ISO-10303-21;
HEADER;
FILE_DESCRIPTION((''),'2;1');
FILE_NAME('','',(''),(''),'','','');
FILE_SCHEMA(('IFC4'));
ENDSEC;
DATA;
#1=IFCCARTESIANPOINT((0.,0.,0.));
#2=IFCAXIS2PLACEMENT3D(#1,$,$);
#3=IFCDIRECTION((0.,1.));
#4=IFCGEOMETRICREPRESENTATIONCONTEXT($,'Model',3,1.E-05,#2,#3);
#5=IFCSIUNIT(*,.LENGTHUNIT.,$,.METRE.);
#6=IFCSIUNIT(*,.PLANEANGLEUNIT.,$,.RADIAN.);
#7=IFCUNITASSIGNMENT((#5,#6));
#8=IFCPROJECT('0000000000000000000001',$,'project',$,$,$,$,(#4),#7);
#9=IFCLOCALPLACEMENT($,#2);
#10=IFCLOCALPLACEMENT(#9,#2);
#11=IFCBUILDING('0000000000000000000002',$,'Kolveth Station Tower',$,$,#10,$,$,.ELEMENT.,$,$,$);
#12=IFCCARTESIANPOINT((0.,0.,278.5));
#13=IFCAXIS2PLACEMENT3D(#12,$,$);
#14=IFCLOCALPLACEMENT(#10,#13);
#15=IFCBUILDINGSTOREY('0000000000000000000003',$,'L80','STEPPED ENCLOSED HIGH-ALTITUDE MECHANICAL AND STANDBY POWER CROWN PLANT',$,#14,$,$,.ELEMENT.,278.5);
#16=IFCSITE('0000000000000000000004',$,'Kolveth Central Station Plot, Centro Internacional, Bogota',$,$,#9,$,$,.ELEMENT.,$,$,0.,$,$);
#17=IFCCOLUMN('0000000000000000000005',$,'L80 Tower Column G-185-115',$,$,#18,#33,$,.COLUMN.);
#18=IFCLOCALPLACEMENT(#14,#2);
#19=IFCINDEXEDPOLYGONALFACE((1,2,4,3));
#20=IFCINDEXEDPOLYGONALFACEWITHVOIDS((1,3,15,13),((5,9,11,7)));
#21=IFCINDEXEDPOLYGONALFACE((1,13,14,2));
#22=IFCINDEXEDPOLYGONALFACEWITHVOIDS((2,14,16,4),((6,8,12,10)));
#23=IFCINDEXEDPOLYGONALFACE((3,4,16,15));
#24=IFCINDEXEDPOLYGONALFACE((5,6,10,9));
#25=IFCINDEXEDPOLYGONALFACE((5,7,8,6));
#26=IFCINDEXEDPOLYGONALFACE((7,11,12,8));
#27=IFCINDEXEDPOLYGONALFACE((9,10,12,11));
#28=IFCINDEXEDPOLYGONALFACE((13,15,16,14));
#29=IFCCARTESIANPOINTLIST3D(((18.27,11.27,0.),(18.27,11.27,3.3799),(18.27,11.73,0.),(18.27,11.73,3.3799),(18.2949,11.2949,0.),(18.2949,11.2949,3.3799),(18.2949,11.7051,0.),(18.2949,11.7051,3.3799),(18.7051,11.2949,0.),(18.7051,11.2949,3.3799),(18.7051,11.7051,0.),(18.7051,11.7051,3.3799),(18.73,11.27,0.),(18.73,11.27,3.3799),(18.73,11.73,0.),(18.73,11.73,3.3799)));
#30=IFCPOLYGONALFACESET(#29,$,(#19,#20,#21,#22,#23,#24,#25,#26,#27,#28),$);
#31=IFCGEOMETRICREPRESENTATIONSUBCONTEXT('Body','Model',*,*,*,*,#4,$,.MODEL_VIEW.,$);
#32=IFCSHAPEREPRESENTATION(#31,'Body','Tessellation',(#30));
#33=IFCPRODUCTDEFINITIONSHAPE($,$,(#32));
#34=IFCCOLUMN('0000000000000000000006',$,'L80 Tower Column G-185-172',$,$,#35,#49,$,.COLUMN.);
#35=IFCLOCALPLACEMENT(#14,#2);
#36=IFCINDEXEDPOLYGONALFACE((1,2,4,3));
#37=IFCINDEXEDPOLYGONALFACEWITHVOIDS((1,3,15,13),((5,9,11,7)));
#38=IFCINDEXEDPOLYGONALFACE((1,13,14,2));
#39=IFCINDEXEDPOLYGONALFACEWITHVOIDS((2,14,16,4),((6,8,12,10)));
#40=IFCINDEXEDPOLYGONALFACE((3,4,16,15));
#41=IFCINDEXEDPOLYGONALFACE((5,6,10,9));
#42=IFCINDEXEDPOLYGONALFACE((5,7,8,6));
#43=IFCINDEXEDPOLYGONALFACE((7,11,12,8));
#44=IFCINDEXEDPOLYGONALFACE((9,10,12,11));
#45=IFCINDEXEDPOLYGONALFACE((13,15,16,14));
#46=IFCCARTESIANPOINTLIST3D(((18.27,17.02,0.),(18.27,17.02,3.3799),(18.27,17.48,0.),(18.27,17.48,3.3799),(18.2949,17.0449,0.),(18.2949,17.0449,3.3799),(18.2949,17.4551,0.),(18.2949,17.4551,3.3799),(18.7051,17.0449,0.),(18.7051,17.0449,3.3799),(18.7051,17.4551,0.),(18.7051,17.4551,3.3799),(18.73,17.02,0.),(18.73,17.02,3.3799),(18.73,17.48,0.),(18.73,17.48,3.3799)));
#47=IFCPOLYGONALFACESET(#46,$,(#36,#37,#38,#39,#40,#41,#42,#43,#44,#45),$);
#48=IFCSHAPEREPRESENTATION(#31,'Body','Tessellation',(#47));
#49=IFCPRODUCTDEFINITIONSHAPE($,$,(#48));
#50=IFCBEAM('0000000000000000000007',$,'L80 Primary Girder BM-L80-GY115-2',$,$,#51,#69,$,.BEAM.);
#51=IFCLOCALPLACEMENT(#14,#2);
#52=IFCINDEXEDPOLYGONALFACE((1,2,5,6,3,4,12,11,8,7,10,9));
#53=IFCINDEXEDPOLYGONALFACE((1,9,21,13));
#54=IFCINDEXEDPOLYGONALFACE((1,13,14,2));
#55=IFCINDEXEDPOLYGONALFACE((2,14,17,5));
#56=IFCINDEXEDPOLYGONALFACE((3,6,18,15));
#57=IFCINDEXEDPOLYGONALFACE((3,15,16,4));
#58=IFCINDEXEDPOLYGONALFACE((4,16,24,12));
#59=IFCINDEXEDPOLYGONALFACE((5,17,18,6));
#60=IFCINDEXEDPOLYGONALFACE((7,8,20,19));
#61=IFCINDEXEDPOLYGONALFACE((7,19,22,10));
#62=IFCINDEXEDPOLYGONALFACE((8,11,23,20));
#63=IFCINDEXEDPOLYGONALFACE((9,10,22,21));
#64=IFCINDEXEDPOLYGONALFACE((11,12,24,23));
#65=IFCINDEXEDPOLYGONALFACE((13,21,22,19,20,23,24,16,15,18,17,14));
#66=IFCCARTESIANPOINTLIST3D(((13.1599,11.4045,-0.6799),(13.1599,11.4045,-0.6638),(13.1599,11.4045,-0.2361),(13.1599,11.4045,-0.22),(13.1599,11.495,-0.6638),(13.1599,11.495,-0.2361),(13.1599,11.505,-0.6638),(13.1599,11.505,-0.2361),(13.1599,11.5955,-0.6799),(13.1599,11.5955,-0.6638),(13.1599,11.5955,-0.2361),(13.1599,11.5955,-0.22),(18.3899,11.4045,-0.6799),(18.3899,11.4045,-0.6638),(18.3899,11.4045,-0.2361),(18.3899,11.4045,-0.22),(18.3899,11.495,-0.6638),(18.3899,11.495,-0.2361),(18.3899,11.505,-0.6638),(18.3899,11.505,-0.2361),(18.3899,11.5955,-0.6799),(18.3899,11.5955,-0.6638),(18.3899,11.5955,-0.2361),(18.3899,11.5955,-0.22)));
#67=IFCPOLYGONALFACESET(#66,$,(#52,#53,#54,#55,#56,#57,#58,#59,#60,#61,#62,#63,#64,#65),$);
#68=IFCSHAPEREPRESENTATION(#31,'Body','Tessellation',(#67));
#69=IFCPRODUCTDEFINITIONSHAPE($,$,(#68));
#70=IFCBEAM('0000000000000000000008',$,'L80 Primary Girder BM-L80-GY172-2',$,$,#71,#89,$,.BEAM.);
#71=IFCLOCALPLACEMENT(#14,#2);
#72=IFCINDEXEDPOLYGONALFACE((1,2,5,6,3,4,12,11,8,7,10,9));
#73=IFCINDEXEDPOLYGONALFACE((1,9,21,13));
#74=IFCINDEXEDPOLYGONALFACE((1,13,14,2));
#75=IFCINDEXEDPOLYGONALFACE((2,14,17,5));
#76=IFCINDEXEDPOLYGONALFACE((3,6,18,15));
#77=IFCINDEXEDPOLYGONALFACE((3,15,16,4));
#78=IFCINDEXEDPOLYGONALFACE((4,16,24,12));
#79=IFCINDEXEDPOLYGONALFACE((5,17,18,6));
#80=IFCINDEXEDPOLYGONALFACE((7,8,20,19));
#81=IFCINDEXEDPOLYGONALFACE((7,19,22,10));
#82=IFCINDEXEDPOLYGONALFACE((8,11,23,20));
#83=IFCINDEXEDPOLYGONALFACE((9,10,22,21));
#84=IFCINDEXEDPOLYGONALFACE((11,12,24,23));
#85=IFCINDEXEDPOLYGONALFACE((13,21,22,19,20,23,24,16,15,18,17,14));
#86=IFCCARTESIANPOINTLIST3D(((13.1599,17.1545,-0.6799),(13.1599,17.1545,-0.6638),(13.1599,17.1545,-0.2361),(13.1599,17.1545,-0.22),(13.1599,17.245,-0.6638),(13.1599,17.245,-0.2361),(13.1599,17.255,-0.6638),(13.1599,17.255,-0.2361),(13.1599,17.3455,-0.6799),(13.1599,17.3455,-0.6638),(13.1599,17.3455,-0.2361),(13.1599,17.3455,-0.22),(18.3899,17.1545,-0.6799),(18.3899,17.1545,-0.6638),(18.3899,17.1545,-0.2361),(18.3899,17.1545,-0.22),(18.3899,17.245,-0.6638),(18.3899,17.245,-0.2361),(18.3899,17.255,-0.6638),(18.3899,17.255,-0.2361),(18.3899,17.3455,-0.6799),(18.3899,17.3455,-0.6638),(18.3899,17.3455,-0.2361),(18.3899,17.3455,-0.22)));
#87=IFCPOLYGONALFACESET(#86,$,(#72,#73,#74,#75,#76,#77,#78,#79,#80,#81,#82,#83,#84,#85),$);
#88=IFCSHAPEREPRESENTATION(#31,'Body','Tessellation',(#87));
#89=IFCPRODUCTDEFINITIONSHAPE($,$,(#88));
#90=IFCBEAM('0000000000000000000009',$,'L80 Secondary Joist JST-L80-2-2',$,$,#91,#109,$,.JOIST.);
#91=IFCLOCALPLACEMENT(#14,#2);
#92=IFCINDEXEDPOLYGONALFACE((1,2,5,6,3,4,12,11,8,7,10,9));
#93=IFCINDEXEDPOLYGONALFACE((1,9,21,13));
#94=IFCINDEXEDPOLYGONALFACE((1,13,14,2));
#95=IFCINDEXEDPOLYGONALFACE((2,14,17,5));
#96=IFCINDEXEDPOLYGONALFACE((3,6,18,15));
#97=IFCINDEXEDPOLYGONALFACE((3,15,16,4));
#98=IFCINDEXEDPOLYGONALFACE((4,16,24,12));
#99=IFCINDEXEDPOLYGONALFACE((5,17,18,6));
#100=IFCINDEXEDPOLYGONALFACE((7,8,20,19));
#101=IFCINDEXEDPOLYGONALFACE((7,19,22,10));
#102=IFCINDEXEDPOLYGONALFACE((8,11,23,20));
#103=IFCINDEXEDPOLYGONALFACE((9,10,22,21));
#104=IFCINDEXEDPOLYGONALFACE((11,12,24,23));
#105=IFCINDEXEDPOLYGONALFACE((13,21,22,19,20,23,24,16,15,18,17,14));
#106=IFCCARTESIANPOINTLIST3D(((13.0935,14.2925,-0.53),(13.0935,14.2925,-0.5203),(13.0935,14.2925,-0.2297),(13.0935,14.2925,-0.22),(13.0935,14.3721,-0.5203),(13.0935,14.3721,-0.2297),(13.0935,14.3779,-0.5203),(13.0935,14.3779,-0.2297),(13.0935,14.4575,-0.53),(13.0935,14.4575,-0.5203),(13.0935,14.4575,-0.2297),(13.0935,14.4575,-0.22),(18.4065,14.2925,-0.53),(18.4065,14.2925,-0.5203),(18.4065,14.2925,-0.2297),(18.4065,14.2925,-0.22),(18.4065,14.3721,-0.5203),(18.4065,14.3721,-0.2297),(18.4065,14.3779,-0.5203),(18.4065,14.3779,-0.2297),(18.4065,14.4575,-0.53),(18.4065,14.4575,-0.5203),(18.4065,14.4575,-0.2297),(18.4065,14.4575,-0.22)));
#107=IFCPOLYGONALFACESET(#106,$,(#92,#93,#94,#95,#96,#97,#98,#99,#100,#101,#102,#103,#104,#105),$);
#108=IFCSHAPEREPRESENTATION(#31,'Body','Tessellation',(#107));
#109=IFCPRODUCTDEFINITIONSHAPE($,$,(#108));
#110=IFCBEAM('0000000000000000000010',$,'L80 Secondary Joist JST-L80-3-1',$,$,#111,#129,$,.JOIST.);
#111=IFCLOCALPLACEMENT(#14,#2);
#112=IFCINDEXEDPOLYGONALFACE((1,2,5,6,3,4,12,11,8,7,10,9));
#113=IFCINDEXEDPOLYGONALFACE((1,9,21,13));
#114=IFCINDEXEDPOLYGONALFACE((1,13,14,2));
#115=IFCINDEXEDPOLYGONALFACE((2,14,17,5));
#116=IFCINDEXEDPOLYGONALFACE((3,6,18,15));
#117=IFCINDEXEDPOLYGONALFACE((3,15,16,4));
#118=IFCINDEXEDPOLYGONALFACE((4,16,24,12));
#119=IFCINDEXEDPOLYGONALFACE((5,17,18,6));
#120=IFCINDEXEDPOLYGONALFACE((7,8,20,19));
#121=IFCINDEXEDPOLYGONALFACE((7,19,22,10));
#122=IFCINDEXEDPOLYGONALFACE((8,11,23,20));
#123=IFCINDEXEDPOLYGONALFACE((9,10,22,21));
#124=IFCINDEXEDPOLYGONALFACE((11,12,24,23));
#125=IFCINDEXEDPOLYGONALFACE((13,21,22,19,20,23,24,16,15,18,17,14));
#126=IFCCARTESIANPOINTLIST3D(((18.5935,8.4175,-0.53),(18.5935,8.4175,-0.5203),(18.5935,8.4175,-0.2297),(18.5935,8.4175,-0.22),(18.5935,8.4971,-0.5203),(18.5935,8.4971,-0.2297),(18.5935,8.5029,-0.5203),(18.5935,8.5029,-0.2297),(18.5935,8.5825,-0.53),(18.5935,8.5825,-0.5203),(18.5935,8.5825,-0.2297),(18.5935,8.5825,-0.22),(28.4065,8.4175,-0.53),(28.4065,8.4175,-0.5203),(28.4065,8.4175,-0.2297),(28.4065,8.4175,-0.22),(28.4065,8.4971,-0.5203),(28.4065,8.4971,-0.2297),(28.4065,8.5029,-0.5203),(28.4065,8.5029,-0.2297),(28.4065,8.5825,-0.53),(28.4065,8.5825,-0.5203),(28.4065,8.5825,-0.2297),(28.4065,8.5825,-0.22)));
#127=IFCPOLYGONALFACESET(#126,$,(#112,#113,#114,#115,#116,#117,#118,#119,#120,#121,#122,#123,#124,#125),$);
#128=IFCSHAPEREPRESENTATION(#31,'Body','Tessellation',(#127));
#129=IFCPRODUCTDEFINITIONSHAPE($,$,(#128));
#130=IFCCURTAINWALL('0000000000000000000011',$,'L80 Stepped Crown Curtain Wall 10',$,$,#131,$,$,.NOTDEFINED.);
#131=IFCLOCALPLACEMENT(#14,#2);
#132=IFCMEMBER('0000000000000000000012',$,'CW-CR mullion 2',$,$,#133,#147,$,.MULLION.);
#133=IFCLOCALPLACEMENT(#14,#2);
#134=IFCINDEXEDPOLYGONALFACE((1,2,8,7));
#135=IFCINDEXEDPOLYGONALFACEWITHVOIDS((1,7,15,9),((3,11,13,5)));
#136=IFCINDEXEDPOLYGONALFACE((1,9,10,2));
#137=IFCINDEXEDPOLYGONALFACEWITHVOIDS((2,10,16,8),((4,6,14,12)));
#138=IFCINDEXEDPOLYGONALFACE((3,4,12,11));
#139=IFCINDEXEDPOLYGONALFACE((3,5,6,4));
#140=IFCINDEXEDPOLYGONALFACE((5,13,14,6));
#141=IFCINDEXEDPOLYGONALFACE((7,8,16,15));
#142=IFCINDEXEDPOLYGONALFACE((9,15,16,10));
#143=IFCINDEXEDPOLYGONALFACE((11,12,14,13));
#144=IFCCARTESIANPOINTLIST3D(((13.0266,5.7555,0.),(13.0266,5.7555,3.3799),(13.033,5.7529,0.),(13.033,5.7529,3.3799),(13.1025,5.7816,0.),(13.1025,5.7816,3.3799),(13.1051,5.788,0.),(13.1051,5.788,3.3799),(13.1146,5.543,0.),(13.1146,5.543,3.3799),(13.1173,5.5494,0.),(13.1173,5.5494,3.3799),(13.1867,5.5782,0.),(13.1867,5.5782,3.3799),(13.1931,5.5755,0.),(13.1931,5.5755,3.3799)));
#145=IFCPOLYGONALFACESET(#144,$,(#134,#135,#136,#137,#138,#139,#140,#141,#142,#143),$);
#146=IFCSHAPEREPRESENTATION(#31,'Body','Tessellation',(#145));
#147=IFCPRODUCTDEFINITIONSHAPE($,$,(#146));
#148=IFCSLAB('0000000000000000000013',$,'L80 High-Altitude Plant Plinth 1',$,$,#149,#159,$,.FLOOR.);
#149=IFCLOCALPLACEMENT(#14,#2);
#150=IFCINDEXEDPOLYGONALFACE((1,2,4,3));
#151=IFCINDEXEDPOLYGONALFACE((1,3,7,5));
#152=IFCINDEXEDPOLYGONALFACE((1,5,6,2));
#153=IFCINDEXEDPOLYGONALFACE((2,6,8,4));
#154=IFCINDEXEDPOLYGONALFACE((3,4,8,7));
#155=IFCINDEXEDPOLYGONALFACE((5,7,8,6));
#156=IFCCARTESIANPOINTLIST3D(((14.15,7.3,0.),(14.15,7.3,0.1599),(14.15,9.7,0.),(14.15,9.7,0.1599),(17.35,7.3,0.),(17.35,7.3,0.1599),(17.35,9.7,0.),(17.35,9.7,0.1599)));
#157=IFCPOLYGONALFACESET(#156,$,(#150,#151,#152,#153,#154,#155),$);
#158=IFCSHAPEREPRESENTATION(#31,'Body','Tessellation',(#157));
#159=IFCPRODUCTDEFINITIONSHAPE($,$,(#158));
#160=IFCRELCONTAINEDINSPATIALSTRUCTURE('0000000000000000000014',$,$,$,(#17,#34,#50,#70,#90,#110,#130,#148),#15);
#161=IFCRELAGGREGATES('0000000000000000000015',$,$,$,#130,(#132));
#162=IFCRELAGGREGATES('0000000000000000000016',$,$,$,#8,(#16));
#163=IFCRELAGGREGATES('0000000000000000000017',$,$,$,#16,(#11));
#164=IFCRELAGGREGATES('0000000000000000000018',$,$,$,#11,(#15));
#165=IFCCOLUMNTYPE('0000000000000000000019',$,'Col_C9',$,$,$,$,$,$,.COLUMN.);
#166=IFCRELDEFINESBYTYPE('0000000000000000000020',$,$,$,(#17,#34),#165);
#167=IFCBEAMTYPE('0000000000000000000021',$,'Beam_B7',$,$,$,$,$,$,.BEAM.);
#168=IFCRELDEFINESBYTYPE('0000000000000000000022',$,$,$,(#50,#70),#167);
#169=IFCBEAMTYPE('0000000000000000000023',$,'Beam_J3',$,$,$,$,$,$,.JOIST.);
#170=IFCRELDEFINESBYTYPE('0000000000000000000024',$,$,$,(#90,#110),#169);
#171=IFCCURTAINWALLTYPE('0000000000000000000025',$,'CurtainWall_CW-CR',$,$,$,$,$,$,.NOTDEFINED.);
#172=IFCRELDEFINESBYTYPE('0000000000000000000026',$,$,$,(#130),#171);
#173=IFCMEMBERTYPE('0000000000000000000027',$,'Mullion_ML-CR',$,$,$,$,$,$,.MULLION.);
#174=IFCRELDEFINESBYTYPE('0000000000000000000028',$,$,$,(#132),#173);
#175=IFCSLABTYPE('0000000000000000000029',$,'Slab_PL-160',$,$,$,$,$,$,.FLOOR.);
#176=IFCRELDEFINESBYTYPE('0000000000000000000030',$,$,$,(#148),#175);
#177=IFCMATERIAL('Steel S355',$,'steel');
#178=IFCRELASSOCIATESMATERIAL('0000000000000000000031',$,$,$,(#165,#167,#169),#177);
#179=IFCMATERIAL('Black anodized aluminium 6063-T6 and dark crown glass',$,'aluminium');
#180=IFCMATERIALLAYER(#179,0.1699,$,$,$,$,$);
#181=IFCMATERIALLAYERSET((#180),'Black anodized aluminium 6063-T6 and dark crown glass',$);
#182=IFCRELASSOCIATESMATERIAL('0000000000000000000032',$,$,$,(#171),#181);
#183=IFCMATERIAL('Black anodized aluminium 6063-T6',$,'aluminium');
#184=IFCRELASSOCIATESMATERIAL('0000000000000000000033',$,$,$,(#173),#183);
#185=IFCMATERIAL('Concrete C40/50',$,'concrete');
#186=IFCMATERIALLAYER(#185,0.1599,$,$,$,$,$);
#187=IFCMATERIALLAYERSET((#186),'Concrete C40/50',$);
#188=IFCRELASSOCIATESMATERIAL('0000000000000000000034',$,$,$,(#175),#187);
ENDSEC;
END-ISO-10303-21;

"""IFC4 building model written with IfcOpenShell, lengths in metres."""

from ifc_helpers import new_model, si_unit, direction, frame, origin, origin_2d, place, context, subcontext, project, spatial, rectangle, hollow_rectangle, i_section, extrude, source, transform, mapped, material, layer, layer_set, material_profile, profile_set, type_object, element, aggregate, save


model = new_model("IFC4")

# Units and contexts
model_context = context("Model", 3, precision=1e-05, world=origin(), true_north=direction((0.0, 1.0)))
body_context = subcontext(model_context, "Body", "Model", "MODEL_VIEW")
ifc_project = project(units=[si_unit("LENGTHUNIT", "METRE"), si_unit("PLANEANGLEUNIT", "RADIAN")], contexts=[model_context])

# Site, building, storey
site_placement = place(None, origin())
site = spatial("IfcSite", under=ifc_project, at=site_placement, Name="Kolveth Central Station Plot, Centro Internacional, Bogota", CompositionType="ELEMENT", RefElevation=0.0)
building_placement = place(site_placement, origin())
building = spatial("IfcBuilding", under=site, at=building_placement, Name="Kolveth Station Tower", CompositionType="ELEMENT")
storey_placement = place(building_placement, frame((0.0, 0.0, 278.5)))
storey = spatial("IfcBuildingStorey", under=building, at=storey_placement, Name="L80", Description="STEPPED ENCLOSED HIGH-ALTITUDE MECHANICAL AND STANDBY POWER CROWN PLANT", CompositionType="ELEMENT", Elevation=278.5)

# Columns
ifc_material_1 = material(Name="Steel S355", Category="steel")
ifc_material_profile_1 = material_profile(ifc_material_1, hollow_rectangle(XDim=0.46, YDim=0.46, WallThickness=0.0249, at=origin_2d()), Name="BOX460x460x25")
ifc_profile_set_1 = profile_set([ifc_material_profile_1], Name="Steel S355")
column_type = type_object("IfcColumnType", Name="Col_C9", PredefinedType="COLUMN", material=ifc_profile_set_1)
shared_shape_1 = source(origin(), body_context, "Body", "SweptSolid", [
    extrude(hollow_rectangle(XDim=0.46, YDim=0.46, WallThickness=0.0249, at=origin_2d()), origin(), (0.0, 0.0, 1.0), 3.3799),
])
for number, where, z_axis, x_axis, name in (
    (1, (18.5, 11.5, 0.0), (0.0, 0.0, 1.0), (1.0, 0.0, 0.0), "L80 Tower Column G-185-115"),
    (2, (18.5, 17.25, 0.0), (0.0, 0.0, 1.0), (1.0, 0.0, 0.0), "L80 Tower Column G-185-172"),
):
    element("IfcColumn", number, at=place(storey_placement, frame(where, z_axis=z_axis, x_axis=x_axis)), inside=storey, type_object=column_type, Name=name, PredefinedType="COLUMN", context=body_context, shape_type="MappedRepresentation", body=[
        mapped(shared_shape_1, transform((0.0, 0.0, 0.0), x_axis=(1.0, 0.0, 0.0), y_axis=(0.0, 1.0, 0.0), z_axis=(0.0, 0.0, 1.0), scale=1.0)),
    ])

# Beams
ifc_material_profile_2 = material_profile(ifc_material_1, i_section(OverallWidth=0.1909, OverallDepth=0.46, WebThickness=0.01, FlangeThickness=0.0161, at=origin_2d()), Name="W460x82")
ifc_profile_set_2 = profile_set([ifc_material_profile_2], Name="Steel S355")
beam_type_1 = type_object("IfcBeamType", Name="Beam_B7", PredefinedType="BEAM", material=ifc_profile_set_2)
shared_shape_2 = source(origin(), body_context, "Body", "SweptSolid", [
    extrude(i_section(OverallWidth=0.1909, OverallDepth=0.46, WebThickness=0.01, FlangeThickness=0.0161, at=origin_2d()), origin(), (0.0, 0.0, 1.0), 5.23),
])
for number, where, z_axis, x_axis, name in (
    (3, (13.1599, 11.5, -0.45), (1.0, 0.0, 0.0), (0.0, 1.0, 0.0), "L80 Primary Girder BM-L80-GY115-2"),
    (4, (13.1599, 17.25, -0.45), (1.0, 0.0, 0.0), (0.0, 1.0, 0.0), "L80 Primary Girder BM-L80-GY172-2"),
):
    element("IfcBeam", number, at=place(storey_placement, frame(where, z_axis=z_axis, x_axis=x_axis)), inside=storey, type_object=beam_type_1, Name=name, PredefinedType="BEAM", context=body_context, shape_type="MappedRepresentation", body=[
        mapped(shared_shape_2, transform((0.0, 0.0, 0.0), x_axis=(1.0, 0.0, 0.0), y_axis=(0.0, 1.0, 0.0), z_axis=(0.0, 0.0, 1.0), scale=1.0)),
    ])
ifc_material_profile_3 = material_profile(ifc_material_1, i_section(OverallWidth=0.165, OverallDepth=0.3101, WebThickness=0.0059, FlangeThickness=0.0098, at=origin_2d()), Name="W310x39")
ifc_profile_set_3 = profile_set([ifc_material_profile_3], Name="Steel S355")
beam_type_2 = type_object("IfcBeamType", Name="Beam_J3", PredefinedType="JOIST", material=ifc_profile_set_3)
shared_shape_3 = source(origin(), body_context, "Body", "SweptSolid", [
    extrude(i_section(OverallWidth=0.165, OverallDepth=0.3101, WebThickness=0.0059, FlangeThickness=0.0098, at=origin_2d()), origin(), (0.0, 0.0, 1.0), 5.313),
])
beam_1_placement = place(storey_placement, frame((13.0935, 14.375, -0.375), z_axis=(1.0, 0.0, 0.0), x_axis=(0.0, 1.0, 0.0)))
element("IfcBeam", 5, at=beam_1_placement, inside=storey, type_object=beam_type_2, Name="L80 Secondary Joist JST-L80-2-2", PredefinedType="JOIST", context=body_context, shape_type="MappedRepresentation", body=[
    mapped(shared_shape_3, transform((0.0, 0.0, 0.0), x_axis=(1.0, 0.0, 0.0), y_axis=(0.0, 1.0, 0.0), z_axis=(0.0, 0.0, 1.0), scale=1.0)),
])
shared_shape_4 = source(origin(), body_context, "Body", "SweptSolid", [
    extrude(i_section(OverallWidth=0.165, OverallDepth=0.3101, WebThickness=0.0059, FlangeThickness=0.0098, at=origin_2d()), origin(), (0.0, 0.0, 1.0), 9.813),
])
beam_2_placement = place(storey_placement, frame((18.5935, 8.5, -0.375), z_axis=(1.0, 0.0, 0.0), x_axis=(0.0, 1.0, 0.0)))
element("IfcBeam", 6, at=beam_2_placement, inside=storey, type_object=beam_type_2, Name="L80 Secondary Joist JST-L80-3-1", PredefinedType="JOIST", context=body_context, shape_type="MappedRepresentation", body=[
    mapped(shared_shape_4, transform((0.0, 0.0, 0.0), x_axis=(1.0, 0.0, 0.0), y_axis=(0.0, 1.0, 0.0), z_axis=(0.0, 0.0, 1.0), scale=1.0)),
])

# Curtain wall, member
ifc_material_2 = material(Name="Black anodized aluminium 6063-T6 and dark crown glass", Category="aluminium")
ifc_layer_1 = layer(ifc_material_2, 0.1699)
ifc_layer_set_1 = layer_set([ifc_layer_1], Name="Black anodized aluminium 6063-T6 and dark crown glass")
curtain_wall_type = type_object("IfcCurtainWallType", Name="CurtainWall_CW-CR", PredefinedType="NOTDEFINED", material=ifc_layer_set_1)
curtain_wall_placement = place(storey_placement, origin())
curtain_wall = element("IfcCurtainWall", 7, at=curtain_wall_placement, inside=storey, type_object=curtain_wall_type, Name="L80 Stepped Crown Curtain Wall 10", PredefinedType="NOTDEFINED")
ifc_material_3 = material(Name="Black anodized aluminium 6063-T6", Category="aluminium")
ifc_material_profile_4 = material_profile(ifc_material_3, hollow_rectangle(XDim=0.085, YDim=0.23, WallThickness=0.0049, at=origin_2d()), Name="ALU-85x230x5")
ifc_profile_set_4 = profile_set([ifc_material_profile_4], Name="Black anodized aluminium 6063-T6")
member_type = type_object("IfcMemberType", Name="Mullion_ML-CR", PredefinedType="MULLION", material=ifc_profile_set_4)
shared_shape_5 = source(origin(), body_context, "Body", "SweptSolid", [
    extrude(hollow_rectangle(XDim=0.085, YDim=0.23, WallThickness=0.0049, at=origin_2d()), origin(), (0.0, 0.0, 1.0), 3.3799),
])
member_placement = place(storey_placement, frame((13.1099, 5.6655, 0.0), z_axis=(0.0, 0.0, 1.0), x_axis=(0.923871, 0.382703, 0.0)))
member = element("IfcMember", 8, at=member_placement, type_object=member_type, Name="CW-CR mullion 2", PredefinedType="MULLION", context=body_context, shape_type="MappedRepresentation", body=[
    mapped(shared_shape_5, transform((0.0, 0.0, 0.0), x_axis=(1.0, 0.0, 0.0), y_axis=(0.0, 1.0, 0.0), z_axis=(0.0, 0.0, 1.0), scale=1.0)),
])
aggregate(curtain_wall, [member])

# Slab
ifc_material_4 = material(Name="Concrete C40/50", Category="concrete")
ifc_layer_2 = layer(ifc_material_4, 0.1599)
ifc_layer_set_2 = layer_set([ifc_layer_2], Name="Concrete C40/50")
slab_type = type_object("IfcSlabType", Name="Slab_PL-160", PredefinedType="FLOOR", material=ifc_layer_set_2)
shared_shape_6 = source(origin(), body_context, "Body", "SweptSolid", [
    extrude(rectangle(XDim=3.2, YDim=2.3999, at=origin_2d()), origin(), (0.0, 0.0, 1.0), 0.1599),
])
slab_placement = place(storey_placement, frame((15.75, 8.5, 0.0), z_axis=(0.0, 0.0, 1.0), x_axis=(1.0, 0.0, 0.0)))
element("IfcSlab", 9, at=slab_placement, inside=storey, type_object=slab_type, Name="L80 High-Altitude Plant Plinth 1", PredefinedType="FLOOR", context=body_context, shape_type="MappedRepresentation", body=[
    mapped(shared_shape_6, transform((0.0, 0.0, 0.0), x_axis=(1.0, 0.0, 0.0), y_axis=(0.0, 1.0, 0.0), z_axis=(0.0, 0.0, 1.0), scale=1.0)),
])

save(model, "model.ifc")
